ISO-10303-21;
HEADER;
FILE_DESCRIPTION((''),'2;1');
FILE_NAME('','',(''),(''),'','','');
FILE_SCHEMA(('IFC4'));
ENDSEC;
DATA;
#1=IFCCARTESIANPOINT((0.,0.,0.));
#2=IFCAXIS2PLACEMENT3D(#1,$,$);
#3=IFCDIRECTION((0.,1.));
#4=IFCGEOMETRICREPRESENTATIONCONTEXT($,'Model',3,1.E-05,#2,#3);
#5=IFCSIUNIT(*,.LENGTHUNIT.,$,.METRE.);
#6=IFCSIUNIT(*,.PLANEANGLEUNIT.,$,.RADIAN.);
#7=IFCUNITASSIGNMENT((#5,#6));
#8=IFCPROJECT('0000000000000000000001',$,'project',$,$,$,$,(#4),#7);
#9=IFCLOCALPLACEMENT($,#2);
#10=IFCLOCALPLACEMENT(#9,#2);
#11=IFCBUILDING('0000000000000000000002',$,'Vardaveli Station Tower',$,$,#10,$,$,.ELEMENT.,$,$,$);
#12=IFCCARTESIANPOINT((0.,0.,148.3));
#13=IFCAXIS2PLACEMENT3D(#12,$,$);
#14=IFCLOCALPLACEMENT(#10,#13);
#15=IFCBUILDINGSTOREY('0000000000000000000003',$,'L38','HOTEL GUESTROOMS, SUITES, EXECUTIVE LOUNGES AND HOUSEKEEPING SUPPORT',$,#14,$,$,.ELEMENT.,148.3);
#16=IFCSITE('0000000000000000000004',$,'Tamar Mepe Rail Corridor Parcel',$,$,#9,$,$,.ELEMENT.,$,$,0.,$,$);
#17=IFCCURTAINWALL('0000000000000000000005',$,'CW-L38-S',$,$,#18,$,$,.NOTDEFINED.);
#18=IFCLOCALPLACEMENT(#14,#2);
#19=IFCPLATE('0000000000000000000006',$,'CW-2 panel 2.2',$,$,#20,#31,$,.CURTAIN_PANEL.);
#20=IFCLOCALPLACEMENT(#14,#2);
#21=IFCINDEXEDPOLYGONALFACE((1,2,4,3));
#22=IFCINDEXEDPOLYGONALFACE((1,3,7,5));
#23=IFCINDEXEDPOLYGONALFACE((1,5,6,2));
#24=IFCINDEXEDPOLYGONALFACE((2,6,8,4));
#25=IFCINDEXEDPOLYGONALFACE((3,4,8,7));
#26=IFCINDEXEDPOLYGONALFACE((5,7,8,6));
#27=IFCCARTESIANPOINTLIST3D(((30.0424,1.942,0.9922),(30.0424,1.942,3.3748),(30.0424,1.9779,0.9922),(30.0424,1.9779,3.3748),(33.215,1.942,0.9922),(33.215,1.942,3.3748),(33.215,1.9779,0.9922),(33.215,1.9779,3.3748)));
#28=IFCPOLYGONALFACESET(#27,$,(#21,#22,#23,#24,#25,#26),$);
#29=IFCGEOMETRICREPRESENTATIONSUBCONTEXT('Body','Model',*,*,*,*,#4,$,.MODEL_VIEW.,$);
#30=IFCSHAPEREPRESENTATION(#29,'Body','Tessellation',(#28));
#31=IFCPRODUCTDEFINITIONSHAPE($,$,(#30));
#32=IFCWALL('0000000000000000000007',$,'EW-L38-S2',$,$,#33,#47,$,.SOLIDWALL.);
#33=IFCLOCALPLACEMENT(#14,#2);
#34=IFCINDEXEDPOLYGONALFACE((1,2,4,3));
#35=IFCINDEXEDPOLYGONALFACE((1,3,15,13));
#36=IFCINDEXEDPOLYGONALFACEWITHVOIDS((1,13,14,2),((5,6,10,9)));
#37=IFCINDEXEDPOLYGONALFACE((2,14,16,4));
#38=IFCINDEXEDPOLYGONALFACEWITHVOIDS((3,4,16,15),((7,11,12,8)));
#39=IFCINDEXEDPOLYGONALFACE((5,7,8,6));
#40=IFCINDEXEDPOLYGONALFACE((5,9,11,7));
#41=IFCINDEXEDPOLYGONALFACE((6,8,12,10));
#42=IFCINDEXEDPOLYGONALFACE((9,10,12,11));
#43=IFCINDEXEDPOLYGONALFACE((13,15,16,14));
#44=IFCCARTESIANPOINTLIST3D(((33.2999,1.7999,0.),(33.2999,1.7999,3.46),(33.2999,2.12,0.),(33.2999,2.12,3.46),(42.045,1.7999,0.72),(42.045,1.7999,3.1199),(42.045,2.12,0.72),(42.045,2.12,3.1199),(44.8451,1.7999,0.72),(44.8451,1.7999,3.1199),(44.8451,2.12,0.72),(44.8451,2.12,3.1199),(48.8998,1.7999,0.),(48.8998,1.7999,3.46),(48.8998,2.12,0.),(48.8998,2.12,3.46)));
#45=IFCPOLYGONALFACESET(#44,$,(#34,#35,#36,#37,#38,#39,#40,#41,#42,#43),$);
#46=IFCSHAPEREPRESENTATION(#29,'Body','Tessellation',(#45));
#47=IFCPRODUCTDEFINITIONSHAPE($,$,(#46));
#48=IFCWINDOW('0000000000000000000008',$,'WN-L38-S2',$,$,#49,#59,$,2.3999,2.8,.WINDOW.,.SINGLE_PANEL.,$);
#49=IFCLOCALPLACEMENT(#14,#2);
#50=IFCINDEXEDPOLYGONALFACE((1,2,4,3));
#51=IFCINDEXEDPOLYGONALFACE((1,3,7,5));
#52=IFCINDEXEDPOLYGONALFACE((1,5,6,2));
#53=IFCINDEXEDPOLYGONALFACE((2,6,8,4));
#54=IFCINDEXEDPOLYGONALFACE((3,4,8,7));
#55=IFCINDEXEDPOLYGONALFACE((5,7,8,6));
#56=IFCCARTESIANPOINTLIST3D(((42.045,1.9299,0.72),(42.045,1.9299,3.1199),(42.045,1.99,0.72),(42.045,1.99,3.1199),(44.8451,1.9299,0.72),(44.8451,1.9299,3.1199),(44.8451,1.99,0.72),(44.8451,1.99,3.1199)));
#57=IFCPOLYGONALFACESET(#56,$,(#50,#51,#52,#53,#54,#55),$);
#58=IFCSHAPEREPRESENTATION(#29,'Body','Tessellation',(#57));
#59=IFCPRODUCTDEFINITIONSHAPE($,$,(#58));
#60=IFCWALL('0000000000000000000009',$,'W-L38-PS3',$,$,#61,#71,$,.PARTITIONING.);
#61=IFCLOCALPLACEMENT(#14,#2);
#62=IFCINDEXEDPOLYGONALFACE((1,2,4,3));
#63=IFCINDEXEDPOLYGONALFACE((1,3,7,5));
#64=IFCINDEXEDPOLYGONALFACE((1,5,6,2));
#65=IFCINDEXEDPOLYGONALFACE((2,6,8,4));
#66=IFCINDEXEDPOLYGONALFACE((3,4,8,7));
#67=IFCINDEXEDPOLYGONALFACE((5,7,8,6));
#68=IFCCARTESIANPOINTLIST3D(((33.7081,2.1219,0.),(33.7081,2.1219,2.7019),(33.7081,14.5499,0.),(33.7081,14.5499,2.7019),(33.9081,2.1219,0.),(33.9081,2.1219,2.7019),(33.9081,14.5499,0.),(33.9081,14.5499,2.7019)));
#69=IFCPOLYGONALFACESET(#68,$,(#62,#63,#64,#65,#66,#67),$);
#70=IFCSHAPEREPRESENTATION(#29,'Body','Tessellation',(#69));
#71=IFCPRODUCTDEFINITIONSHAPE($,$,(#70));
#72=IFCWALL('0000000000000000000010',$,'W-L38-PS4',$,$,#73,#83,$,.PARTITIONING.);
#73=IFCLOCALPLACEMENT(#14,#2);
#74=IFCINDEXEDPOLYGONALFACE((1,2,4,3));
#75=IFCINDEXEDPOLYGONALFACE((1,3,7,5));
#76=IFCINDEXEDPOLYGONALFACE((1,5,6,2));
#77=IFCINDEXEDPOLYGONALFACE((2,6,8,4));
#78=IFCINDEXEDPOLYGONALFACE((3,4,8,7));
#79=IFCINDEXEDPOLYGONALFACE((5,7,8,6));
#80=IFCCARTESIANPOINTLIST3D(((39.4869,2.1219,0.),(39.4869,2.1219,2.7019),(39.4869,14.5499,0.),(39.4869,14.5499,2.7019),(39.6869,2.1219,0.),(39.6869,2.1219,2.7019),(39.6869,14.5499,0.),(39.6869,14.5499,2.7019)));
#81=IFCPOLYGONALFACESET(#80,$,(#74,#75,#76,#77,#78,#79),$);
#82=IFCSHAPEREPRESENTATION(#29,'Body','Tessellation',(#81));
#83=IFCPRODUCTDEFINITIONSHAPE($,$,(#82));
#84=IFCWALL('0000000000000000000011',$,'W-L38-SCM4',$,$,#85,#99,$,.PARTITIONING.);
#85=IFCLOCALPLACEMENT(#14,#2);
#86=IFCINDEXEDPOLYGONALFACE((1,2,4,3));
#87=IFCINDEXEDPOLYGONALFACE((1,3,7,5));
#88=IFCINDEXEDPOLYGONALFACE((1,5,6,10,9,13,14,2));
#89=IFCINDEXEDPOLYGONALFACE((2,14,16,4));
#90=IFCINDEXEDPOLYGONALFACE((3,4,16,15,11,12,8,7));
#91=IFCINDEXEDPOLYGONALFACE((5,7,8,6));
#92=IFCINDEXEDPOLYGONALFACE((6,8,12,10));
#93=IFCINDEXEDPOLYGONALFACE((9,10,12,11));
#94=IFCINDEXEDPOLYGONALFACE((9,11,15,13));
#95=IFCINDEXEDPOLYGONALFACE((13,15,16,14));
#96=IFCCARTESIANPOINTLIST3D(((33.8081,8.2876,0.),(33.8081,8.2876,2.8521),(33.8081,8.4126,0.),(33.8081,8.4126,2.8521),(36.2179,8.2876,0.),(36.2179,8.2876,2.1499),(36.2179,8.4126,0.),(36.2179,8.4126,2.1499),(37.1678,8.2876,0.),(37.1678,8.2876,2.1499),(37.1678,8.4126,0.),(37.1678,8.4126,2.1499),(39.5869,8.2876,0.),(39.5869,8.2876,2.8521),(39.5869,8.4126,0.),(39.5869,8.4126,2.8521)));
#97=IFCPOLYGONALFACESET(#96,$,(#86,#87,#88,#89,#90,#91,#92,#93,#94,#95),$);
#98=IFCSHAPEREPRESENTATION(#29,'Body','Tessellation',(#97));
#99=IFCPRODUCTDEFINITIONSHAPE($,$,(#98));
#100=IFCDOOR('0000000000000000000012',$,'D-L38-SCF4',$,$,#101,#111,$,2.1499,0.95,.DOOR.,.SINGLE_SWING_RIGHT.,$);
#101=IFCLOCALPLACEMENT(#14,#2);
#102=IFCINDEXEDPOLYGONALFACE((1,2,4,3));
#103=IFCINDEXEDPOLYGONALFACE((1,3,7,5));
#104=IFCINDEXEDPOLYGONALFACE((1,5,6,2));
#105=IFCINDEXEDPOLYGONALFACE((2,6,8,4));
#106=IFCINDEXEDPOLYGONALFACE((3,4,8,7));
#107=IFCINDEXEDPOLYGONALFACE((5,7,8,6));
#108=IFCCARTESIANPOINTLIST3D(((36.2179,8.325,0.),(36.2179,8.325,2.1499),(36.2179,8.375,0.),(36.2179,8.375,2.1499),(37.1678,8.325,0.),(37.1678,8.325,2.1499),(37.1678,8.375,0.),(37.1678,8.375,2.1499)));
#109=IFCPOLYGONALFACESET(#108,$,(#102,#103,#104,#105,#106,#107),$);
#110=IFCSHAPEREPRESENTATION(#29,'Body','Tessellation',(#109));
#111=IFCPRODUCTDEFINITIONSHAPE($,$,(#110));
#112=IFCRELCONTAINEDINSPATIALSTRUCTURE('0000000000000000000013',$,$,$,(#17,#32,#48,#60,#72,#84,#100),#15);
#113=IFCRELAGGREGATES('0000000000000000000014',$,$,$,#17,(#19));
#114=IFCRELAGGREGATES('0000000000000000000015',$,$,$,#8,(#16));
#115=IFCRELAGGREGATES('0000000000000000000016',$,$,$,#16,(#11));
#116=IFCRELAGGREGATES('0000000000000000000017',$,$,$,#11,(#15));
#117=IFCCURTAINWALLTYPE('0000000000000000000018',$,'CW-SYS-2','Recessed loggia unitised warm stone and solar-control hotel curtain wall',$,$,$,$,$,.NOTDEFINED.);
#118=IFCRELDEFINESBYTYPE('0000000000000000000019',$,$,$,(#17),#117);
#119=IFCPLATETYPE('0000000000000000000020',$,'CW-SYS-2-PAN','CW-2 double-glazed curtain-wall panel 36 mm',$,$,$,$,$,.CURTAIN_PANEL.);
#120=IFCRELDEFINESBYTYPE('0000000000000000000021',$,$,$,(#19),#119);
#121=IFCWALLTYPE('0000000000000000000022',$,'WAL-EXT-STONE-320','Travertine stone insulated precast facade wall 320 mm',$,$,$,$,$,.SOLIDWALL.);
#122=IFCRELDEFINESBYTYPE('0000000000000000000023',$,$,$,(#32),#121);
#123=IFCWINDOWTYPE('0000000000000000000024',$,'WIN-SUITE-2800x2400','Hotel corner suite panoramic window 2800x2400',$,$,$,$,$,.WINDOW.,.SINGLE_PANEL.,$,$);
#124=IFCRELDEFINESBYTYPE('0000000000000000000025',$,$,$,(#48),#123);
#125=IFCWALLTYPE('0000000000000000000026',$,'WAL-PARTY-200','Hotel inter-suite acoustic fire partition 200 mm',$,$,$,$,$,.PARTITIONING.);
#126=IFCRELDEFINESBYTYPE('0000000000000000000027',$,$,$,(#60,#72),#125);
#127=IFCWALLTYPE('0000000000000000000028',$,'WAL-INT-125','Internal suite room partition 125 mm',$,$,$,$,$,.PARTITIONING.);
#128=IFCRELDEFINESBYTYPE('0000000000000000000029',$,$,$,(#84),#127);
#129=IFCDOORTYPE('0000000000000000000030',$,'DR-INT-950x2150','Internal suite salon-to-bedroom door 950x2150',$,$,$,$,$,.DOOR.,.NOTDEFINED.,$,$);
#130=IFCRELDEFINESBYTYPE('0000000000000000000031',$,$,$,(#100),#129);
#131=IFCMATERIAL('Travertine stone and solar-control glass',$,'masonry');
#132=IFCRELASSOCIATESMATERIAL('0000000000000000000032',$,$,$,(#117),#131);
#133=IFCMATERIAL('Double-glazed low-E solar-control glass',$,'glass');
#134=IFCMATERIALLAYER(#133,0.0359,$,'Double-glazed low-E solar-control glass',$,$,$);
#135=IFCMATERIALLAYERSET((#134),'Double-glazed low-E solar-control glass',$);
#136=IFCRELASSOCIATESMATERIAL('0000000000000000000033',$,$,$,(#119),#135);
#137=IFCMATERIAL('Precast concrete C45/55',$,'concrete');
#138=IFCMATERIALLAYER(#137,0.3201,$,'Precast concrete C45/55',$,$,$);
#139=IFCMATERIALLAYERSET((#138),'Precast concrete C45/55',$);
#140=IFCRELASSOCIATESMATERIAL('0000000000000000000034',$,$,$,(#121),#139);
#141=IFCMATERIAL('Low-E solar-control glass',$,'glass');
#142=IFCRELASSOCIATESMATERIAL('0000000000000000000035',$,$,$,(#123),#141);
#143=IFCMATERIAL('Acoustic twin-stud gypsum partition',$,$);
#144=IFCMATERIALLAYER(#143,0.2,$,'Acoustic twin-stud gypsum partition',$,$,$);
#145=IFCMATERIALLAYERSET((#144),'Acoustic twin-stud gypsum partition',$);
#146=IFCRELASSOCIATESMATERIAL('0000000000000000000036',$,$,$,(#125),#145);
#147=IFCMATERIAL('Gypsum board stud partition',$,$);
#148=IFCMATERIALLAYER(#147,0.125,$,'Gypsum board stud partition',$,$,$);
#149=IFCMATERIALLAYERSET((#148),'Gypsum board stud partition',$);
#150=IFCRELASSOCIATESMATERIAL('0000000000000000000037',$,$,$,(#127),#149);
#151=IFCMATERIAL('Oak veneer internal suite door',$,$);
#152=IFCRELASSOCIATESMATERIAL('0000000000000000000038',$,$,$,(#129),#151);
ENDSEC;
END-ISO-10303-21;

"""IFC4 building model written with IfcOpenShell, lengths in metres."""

from ifc_helpers import new_model, si_unit, direction, frame, frame_2d, origin, origin_2d, place, context, subcontext, project, spatial, rectangle, extrude, source, transform, mapped, material, layer, layer_set, type_object, element, fill, aggregate, save


model = new_model("IFC4")

# Units and contexts
model_context = context("Model", 3, precision=1e-05, world=origin(), true_north=direction((0.0, 1.0)))
body_context = subcontext(model_context, "Body", "Model", "MODEL_VIEW")
ifc_project = project(units=[si_unit("LENGTHUNIT", "METRE"), si_unit("PLANEANGLEUNIT", "RADIAN")], contexts=[model_context])

# Site, building, storey
site_placement = place(None, origin())
site = spatial("IfcSite", under=ifc_project, at=site_placement, Name="Tamar Mepe Rail Corridor Parcel", CompositionType="ELEMENT", RefElevation=0.0)
building_placement = place(site_placement, origin())
building = spatial("IfcBuilding", under=site, at=building_placement, Name="Vardaveli Station Tower", CompositionType="ELEMENT")
storey_placement = place(building_placement, frame((0.0, 0.0, 148.3)))
storey = spatial("IfcBuildingStorey", under=building, at=storey_placement, Name="L38", Description="HOTEL GUESTROOMS, SUITES, EXECUTIVE LOUNGES AND HOUSEKEEPING SUPPORT", CompositionType="ELEMENT", Elevation=148.3)

# Shared definitions
ifc_material_1 = material(Name="Precast concrete C45/55", Category="concrete")

# Curtain wall, plate
ifc_material_2 = material(Name="Travertine stone and solar-control glass", Category="masonry")
curtain_wall_type = type_object("IfcCurtainWallType", Name="CW-SYS-2", Description="Recessed loggia unitised warm stone and solar-control hotel curtain wall", PredefinedType="NOTDEFINED", material=ifc_material_2)
curtain_wall_placement = place(storey_placement, origin())
curtain_wall = element("IfcCurtainWall", 1, at=curtain_wall_placement, inside=storey, type_object=curtain_wall_type, Name="CW-L38-S", PredefinedType="NOTDEFINED")
ifc_material_3 = material(Name="Double-glazed low-E solar-control glass", Category="glass")
ifc_layer_1 = layer(ifc_material_3, 0.0359, Name="Double-glazed low-E solar-control glass")
ifc_layer_set_1 = layer_set([ifc_layer_1], Name="Double-glazed low-E solar-control glass")
plate_type = type_object("IfcPlateType", Name="CW-SYS-2-PAN", Description="CW-2 double-glazed curtain-wall panel 36 mm", PredefinedType="CURTAIN_PANEL", material=ifc_layer_set_1)
shared_shape_1 = source(origin(), body_context, "Body", "SweptSolid", [
    extrude(rectangle(XDim=3.1726, YDim=0.0359, at=origin_2d()), origin(), (0.0, 0.0, 1.0), 2.3826),
])
plate_1_placement = place(storey_placement, frame((31.6287, 1.96, 0.9922), z_axis=(0.0, 0.0, 1.0), x_axis=(1.0, 0.0, 0.0)))
plate_1 = element("IfcPlate", 2, at=plate_1_placement, type_object=plate_type, Name="CW-2 panel 2.2", PredefinedType="CURTAIN_PANEL", context=body_context, shape_type="MappedRepresentation", body=[
    mapped(shared_shape_1, transform((0.0, 0.0, 0.0), scale=1.0)),
])
aggregate(curtain_wall, [plate_1])

# Wall, opening, window
ifc_layer_2 = layer(ifc_material_1, 0.3201, Name="Precast concrete C45/55")
ifc_layer_set_2 = layer_set([ifc_layer_2], Name="Precast concrete C45/55")
wall_type_1 = type_object("IfcWallType", Name="WAL-EXT-STONE-320", Description="Travertine stone insulated precast facade wall 320 mm", PredefinedType="SOLIDWALL", material=ifc_layer_set_2)
shared_shape_2 = source(origin(), body_context, "Body", "SweptSolid", [
    extrude(rectangle(XDim=15.5999, YDim=0.3201, at=frame_2d((7.7998, 0.0))), origin(), (0.0, 0.0, 1.0), 3.46),
])
wall_1_placement = place(storey_placement, frame((33.3, 1.96, 0.0), z_axis=(0.0, 0.0, 1.0), x_axis=(1.0, 0.0, 0.0)))
wall_1 = element("IfcWall", 3, at=wall_1_placement, inside=storey, type_object=wall_type_1, Name="EW-L38-S2", PredefinedType="SOLIDWALL", context=body_context, shape_type="MappedRepresentation", body=[
    mapped(shared_shape_2, transform((0.0, 0.0, 0.0), scale=1.0)),
])
shared_shape_3 = source(origin(), body_context, "Body", "SweptSolid", [
    extrude(rectangle(XDim=2.8, YDim=2.3999, at=frame_2d((1.3999, 1.2))), frame((0.0, 0.1699, 0.0), z_axis=(0.0, -1.0, 0.0), x_axis=(1.0, 0.0, 0.0)), (0.0, 0.0, 1.0), 0.3401),
])
opening_1_placement = place(wall_1_placement, frame((8.7451, 0.0, 0.72)))
opening_1 = element("IfcOpeningElement", 4, at=opening_1_placement, cuts=wall_1, PredefinedType="OPENING", context=body_context, shape_type="MappedRepresentation", body=[
    mapped(shared_shape_3, transform((0.0, 0.0, 0.0), scale=1.0)),
])
ifc_material_4 = material(Name="Low-E solar-control glass", Category="glass")
window_type = type_object("IfcWindowType", Name="WIN-SUITE-2800x2400", Description="Hotel corner suite panoramic window 2800x2400", PartitioningType="SINGLE_PANEL", PredefinedType="WINDOW", material=ifc_material_4)
shared_shape_4 = source(origin(), body_context, "Body", "SweptSolid", [
    extrude(rectangle(XDim=2.8, YDim=2.3999, at=frame_2d((1.3999, 1.2))), frame((0.0, 0.03, 0.0), z_axis=(0.0, -1.0, 0.0), x_axis=(1.0, 0.0, 0.0)), (0.0, 0.0, 1.0), 0.0601),
])
window_placement = place(opening_1_placement, origin())
window = element("IfcWindow", 5, at=window_placement, inside=storey, type_object=window_type, Name="WN-L38-S2", OverallHeight=2.3999, OverallWidth=2.8, PartitioningType="SINGLE_PANEL", PredefinedType="WINDOW", context=body_context, shape_type="MappedRepresentation", body=[
    mapped(shared_shape_4, transform((0.0, 0.0, 0.0), scale=1.0)),
])
fill(opening_1, window)

# Walls
ifc_material_5 = material(Name="Acoustic twin-stud gypsum partition")
ifc_layer_3 = layer(ifc_material_5, 0.2, Name="Acoustic twin-stud gypsum partition")
ifc_layer_set_3 = layer_set([ifc_layer_3], Name="Acoustic twin-stud gypsum partition")
wall_type_2 = type_object("IfcWallType", Name="WAL-PARTY-200", Description="Hotel inter-suite acoustic fire partition 200 mm", PredefinedType="PARTITIONING", material=ifc_layer_set_3)
shared_shape_5 = source(origin(), body_context, "Body", "SweptSolid", [
    extrude(rectangle(XDim=12.428, YDim=0.2, at=frame_2d((6.2139, 0.0))), origin(), (0.0, 0.0, 1.0), 2.7019),
])
for number, where, z_axis, x_axis, name in (
    (6, (33.8081, 2.1221, 0.0), (0.0, 0.0, 1.0), (0.0, 1.0, 0.0), "W-L38-PS3"),
    (7, (39.5869, 2.1221, 0.0), (0.0, 0.0, 1.0), (0.0, 1.0, 0.0), "W-L38-PS4"),
):
    element("IfcWall", number, at=place(storey_placement, frame(where, z_axis=z_axis, x_axis=x_axis)), inside=storey, type_object=wall_type_2, Name=name, PredefinedType="PARTITIONING", context=body_context, shape_type="MappedRepresentation", body=[
        mapped(shared_shape_5, transform((0.0, 0.0, 0.0), scale=1.0)),
    ])

# Wall, opening, door
ifc_material_6 = material(Name="Gypsum board stud partition")
ifc_layer_4 = layer(ifc_material_6, 0.125, Name="Gypsum board stud partition")
ifc_layer_set_4 = layer_set([ifc_layer_4], Name="Gypsum board stud partition")
wall_type_3 = type_object("IfcWallType", Name="WAL-INT-125", Description="Internal suite room partition 125 mm", PredefinedType="PARTITIONING", material=ifc_layer_set_4)
shared_shape_6 = source(origin(), body_context, "Body", "SweptSolid", [
    extrude(rectangle(XDim=5.7788, YDim=0.125, at=frame_2d((2.8894, 0.0))), origin(), (0.0, 0.0, 1.0), 2.8521),
])
wall_2_placement = place(storey_placement, frame((33.8081, 8.3501, 0.0), z_axis=(0.0, 0.0, 1.0), x_axis=(1.0, 0.0, 0.0)))
wall_2 = element("IfcWall", 8, at=wall_2_placement, inside=storey, type_object=wall_type_3, Name="W-L38-SCM4", PredefinedType="PARTITIONING", context=body_context, shape_type="MappedRepresentation", body=[
    mapped(shared_shape_6, transform((0.0, 0.0, 0.0), scale=1.0)),
])
shared_shape_7 = source(origin(), body_context, "Body", "SweptSolid", [
    extrude(rectangle(XDim=0.95, YDim=2.1499, at=frame_2d((0.4751, 1.075))), frame((0.0, 0.0725, 0.0), z_axis=(0.0, -1.0, 0.0), x_axis=(1.0, 0.0, 0.0)), (0.0, 0.0, 1.0), 0.145),
])
opening_2_placement = place(wall_2_placement, frame((2.4097, 0.0, 0.0)))
opening_2 = element("IfcOpeningElement", 9, at=opening_2_placement, cuts=wall_2, PredefinedType="OPENING", context=body_context, shape_type="MappedRepresentation", body=[
    mapped(shared_shape_7, transform((0.0, 0.0, 0.0), scale=1.0)),
])
ifc_material_7 = material(Name="Oak veneer internal suite door")
door_type = type_object("IfcDoorType", Name="DR-INT-950x2150", Description="Internal suite salon-to-bedroom door 950x2150", OperationType="NOTDEFINED", PredefinedType="DOOR", material=ifc_material_7)
shared_shape_8 = source(origin(), body_context, "Body", "SweptSolid", [
    extrude(rectangle(XDim=0.95, YDim=2.1499, at=frame_2d((0.4751, 1.075))), frame((0.0, 0.0249, 0.0), z_axis=(0.0, -1.0, 0.0), x_axis=(1.0, 0.0, 0.0)), (0.0, 0.0, 1.0), 0.05),
])
door_placement = place(opening_2_placement, origin())
door = element("IfcDoor", 10, at=door_placement, inside=storey, type_object=door_type, Name="D-L38-SCF4", OperationType="SINGLE_SWING_RIGHT", OverallHeight=2.1499, OverallWidth=0.95, PredefinedType="DOOR", context=body_context, shape_type="MappedRepresentation", body=[
    mapped(shared_shape_8, transform((0.0, 0.0, 0.0), scale=1.0)),
])
fill(opening_2, door)

save(model, "model.ifc")
